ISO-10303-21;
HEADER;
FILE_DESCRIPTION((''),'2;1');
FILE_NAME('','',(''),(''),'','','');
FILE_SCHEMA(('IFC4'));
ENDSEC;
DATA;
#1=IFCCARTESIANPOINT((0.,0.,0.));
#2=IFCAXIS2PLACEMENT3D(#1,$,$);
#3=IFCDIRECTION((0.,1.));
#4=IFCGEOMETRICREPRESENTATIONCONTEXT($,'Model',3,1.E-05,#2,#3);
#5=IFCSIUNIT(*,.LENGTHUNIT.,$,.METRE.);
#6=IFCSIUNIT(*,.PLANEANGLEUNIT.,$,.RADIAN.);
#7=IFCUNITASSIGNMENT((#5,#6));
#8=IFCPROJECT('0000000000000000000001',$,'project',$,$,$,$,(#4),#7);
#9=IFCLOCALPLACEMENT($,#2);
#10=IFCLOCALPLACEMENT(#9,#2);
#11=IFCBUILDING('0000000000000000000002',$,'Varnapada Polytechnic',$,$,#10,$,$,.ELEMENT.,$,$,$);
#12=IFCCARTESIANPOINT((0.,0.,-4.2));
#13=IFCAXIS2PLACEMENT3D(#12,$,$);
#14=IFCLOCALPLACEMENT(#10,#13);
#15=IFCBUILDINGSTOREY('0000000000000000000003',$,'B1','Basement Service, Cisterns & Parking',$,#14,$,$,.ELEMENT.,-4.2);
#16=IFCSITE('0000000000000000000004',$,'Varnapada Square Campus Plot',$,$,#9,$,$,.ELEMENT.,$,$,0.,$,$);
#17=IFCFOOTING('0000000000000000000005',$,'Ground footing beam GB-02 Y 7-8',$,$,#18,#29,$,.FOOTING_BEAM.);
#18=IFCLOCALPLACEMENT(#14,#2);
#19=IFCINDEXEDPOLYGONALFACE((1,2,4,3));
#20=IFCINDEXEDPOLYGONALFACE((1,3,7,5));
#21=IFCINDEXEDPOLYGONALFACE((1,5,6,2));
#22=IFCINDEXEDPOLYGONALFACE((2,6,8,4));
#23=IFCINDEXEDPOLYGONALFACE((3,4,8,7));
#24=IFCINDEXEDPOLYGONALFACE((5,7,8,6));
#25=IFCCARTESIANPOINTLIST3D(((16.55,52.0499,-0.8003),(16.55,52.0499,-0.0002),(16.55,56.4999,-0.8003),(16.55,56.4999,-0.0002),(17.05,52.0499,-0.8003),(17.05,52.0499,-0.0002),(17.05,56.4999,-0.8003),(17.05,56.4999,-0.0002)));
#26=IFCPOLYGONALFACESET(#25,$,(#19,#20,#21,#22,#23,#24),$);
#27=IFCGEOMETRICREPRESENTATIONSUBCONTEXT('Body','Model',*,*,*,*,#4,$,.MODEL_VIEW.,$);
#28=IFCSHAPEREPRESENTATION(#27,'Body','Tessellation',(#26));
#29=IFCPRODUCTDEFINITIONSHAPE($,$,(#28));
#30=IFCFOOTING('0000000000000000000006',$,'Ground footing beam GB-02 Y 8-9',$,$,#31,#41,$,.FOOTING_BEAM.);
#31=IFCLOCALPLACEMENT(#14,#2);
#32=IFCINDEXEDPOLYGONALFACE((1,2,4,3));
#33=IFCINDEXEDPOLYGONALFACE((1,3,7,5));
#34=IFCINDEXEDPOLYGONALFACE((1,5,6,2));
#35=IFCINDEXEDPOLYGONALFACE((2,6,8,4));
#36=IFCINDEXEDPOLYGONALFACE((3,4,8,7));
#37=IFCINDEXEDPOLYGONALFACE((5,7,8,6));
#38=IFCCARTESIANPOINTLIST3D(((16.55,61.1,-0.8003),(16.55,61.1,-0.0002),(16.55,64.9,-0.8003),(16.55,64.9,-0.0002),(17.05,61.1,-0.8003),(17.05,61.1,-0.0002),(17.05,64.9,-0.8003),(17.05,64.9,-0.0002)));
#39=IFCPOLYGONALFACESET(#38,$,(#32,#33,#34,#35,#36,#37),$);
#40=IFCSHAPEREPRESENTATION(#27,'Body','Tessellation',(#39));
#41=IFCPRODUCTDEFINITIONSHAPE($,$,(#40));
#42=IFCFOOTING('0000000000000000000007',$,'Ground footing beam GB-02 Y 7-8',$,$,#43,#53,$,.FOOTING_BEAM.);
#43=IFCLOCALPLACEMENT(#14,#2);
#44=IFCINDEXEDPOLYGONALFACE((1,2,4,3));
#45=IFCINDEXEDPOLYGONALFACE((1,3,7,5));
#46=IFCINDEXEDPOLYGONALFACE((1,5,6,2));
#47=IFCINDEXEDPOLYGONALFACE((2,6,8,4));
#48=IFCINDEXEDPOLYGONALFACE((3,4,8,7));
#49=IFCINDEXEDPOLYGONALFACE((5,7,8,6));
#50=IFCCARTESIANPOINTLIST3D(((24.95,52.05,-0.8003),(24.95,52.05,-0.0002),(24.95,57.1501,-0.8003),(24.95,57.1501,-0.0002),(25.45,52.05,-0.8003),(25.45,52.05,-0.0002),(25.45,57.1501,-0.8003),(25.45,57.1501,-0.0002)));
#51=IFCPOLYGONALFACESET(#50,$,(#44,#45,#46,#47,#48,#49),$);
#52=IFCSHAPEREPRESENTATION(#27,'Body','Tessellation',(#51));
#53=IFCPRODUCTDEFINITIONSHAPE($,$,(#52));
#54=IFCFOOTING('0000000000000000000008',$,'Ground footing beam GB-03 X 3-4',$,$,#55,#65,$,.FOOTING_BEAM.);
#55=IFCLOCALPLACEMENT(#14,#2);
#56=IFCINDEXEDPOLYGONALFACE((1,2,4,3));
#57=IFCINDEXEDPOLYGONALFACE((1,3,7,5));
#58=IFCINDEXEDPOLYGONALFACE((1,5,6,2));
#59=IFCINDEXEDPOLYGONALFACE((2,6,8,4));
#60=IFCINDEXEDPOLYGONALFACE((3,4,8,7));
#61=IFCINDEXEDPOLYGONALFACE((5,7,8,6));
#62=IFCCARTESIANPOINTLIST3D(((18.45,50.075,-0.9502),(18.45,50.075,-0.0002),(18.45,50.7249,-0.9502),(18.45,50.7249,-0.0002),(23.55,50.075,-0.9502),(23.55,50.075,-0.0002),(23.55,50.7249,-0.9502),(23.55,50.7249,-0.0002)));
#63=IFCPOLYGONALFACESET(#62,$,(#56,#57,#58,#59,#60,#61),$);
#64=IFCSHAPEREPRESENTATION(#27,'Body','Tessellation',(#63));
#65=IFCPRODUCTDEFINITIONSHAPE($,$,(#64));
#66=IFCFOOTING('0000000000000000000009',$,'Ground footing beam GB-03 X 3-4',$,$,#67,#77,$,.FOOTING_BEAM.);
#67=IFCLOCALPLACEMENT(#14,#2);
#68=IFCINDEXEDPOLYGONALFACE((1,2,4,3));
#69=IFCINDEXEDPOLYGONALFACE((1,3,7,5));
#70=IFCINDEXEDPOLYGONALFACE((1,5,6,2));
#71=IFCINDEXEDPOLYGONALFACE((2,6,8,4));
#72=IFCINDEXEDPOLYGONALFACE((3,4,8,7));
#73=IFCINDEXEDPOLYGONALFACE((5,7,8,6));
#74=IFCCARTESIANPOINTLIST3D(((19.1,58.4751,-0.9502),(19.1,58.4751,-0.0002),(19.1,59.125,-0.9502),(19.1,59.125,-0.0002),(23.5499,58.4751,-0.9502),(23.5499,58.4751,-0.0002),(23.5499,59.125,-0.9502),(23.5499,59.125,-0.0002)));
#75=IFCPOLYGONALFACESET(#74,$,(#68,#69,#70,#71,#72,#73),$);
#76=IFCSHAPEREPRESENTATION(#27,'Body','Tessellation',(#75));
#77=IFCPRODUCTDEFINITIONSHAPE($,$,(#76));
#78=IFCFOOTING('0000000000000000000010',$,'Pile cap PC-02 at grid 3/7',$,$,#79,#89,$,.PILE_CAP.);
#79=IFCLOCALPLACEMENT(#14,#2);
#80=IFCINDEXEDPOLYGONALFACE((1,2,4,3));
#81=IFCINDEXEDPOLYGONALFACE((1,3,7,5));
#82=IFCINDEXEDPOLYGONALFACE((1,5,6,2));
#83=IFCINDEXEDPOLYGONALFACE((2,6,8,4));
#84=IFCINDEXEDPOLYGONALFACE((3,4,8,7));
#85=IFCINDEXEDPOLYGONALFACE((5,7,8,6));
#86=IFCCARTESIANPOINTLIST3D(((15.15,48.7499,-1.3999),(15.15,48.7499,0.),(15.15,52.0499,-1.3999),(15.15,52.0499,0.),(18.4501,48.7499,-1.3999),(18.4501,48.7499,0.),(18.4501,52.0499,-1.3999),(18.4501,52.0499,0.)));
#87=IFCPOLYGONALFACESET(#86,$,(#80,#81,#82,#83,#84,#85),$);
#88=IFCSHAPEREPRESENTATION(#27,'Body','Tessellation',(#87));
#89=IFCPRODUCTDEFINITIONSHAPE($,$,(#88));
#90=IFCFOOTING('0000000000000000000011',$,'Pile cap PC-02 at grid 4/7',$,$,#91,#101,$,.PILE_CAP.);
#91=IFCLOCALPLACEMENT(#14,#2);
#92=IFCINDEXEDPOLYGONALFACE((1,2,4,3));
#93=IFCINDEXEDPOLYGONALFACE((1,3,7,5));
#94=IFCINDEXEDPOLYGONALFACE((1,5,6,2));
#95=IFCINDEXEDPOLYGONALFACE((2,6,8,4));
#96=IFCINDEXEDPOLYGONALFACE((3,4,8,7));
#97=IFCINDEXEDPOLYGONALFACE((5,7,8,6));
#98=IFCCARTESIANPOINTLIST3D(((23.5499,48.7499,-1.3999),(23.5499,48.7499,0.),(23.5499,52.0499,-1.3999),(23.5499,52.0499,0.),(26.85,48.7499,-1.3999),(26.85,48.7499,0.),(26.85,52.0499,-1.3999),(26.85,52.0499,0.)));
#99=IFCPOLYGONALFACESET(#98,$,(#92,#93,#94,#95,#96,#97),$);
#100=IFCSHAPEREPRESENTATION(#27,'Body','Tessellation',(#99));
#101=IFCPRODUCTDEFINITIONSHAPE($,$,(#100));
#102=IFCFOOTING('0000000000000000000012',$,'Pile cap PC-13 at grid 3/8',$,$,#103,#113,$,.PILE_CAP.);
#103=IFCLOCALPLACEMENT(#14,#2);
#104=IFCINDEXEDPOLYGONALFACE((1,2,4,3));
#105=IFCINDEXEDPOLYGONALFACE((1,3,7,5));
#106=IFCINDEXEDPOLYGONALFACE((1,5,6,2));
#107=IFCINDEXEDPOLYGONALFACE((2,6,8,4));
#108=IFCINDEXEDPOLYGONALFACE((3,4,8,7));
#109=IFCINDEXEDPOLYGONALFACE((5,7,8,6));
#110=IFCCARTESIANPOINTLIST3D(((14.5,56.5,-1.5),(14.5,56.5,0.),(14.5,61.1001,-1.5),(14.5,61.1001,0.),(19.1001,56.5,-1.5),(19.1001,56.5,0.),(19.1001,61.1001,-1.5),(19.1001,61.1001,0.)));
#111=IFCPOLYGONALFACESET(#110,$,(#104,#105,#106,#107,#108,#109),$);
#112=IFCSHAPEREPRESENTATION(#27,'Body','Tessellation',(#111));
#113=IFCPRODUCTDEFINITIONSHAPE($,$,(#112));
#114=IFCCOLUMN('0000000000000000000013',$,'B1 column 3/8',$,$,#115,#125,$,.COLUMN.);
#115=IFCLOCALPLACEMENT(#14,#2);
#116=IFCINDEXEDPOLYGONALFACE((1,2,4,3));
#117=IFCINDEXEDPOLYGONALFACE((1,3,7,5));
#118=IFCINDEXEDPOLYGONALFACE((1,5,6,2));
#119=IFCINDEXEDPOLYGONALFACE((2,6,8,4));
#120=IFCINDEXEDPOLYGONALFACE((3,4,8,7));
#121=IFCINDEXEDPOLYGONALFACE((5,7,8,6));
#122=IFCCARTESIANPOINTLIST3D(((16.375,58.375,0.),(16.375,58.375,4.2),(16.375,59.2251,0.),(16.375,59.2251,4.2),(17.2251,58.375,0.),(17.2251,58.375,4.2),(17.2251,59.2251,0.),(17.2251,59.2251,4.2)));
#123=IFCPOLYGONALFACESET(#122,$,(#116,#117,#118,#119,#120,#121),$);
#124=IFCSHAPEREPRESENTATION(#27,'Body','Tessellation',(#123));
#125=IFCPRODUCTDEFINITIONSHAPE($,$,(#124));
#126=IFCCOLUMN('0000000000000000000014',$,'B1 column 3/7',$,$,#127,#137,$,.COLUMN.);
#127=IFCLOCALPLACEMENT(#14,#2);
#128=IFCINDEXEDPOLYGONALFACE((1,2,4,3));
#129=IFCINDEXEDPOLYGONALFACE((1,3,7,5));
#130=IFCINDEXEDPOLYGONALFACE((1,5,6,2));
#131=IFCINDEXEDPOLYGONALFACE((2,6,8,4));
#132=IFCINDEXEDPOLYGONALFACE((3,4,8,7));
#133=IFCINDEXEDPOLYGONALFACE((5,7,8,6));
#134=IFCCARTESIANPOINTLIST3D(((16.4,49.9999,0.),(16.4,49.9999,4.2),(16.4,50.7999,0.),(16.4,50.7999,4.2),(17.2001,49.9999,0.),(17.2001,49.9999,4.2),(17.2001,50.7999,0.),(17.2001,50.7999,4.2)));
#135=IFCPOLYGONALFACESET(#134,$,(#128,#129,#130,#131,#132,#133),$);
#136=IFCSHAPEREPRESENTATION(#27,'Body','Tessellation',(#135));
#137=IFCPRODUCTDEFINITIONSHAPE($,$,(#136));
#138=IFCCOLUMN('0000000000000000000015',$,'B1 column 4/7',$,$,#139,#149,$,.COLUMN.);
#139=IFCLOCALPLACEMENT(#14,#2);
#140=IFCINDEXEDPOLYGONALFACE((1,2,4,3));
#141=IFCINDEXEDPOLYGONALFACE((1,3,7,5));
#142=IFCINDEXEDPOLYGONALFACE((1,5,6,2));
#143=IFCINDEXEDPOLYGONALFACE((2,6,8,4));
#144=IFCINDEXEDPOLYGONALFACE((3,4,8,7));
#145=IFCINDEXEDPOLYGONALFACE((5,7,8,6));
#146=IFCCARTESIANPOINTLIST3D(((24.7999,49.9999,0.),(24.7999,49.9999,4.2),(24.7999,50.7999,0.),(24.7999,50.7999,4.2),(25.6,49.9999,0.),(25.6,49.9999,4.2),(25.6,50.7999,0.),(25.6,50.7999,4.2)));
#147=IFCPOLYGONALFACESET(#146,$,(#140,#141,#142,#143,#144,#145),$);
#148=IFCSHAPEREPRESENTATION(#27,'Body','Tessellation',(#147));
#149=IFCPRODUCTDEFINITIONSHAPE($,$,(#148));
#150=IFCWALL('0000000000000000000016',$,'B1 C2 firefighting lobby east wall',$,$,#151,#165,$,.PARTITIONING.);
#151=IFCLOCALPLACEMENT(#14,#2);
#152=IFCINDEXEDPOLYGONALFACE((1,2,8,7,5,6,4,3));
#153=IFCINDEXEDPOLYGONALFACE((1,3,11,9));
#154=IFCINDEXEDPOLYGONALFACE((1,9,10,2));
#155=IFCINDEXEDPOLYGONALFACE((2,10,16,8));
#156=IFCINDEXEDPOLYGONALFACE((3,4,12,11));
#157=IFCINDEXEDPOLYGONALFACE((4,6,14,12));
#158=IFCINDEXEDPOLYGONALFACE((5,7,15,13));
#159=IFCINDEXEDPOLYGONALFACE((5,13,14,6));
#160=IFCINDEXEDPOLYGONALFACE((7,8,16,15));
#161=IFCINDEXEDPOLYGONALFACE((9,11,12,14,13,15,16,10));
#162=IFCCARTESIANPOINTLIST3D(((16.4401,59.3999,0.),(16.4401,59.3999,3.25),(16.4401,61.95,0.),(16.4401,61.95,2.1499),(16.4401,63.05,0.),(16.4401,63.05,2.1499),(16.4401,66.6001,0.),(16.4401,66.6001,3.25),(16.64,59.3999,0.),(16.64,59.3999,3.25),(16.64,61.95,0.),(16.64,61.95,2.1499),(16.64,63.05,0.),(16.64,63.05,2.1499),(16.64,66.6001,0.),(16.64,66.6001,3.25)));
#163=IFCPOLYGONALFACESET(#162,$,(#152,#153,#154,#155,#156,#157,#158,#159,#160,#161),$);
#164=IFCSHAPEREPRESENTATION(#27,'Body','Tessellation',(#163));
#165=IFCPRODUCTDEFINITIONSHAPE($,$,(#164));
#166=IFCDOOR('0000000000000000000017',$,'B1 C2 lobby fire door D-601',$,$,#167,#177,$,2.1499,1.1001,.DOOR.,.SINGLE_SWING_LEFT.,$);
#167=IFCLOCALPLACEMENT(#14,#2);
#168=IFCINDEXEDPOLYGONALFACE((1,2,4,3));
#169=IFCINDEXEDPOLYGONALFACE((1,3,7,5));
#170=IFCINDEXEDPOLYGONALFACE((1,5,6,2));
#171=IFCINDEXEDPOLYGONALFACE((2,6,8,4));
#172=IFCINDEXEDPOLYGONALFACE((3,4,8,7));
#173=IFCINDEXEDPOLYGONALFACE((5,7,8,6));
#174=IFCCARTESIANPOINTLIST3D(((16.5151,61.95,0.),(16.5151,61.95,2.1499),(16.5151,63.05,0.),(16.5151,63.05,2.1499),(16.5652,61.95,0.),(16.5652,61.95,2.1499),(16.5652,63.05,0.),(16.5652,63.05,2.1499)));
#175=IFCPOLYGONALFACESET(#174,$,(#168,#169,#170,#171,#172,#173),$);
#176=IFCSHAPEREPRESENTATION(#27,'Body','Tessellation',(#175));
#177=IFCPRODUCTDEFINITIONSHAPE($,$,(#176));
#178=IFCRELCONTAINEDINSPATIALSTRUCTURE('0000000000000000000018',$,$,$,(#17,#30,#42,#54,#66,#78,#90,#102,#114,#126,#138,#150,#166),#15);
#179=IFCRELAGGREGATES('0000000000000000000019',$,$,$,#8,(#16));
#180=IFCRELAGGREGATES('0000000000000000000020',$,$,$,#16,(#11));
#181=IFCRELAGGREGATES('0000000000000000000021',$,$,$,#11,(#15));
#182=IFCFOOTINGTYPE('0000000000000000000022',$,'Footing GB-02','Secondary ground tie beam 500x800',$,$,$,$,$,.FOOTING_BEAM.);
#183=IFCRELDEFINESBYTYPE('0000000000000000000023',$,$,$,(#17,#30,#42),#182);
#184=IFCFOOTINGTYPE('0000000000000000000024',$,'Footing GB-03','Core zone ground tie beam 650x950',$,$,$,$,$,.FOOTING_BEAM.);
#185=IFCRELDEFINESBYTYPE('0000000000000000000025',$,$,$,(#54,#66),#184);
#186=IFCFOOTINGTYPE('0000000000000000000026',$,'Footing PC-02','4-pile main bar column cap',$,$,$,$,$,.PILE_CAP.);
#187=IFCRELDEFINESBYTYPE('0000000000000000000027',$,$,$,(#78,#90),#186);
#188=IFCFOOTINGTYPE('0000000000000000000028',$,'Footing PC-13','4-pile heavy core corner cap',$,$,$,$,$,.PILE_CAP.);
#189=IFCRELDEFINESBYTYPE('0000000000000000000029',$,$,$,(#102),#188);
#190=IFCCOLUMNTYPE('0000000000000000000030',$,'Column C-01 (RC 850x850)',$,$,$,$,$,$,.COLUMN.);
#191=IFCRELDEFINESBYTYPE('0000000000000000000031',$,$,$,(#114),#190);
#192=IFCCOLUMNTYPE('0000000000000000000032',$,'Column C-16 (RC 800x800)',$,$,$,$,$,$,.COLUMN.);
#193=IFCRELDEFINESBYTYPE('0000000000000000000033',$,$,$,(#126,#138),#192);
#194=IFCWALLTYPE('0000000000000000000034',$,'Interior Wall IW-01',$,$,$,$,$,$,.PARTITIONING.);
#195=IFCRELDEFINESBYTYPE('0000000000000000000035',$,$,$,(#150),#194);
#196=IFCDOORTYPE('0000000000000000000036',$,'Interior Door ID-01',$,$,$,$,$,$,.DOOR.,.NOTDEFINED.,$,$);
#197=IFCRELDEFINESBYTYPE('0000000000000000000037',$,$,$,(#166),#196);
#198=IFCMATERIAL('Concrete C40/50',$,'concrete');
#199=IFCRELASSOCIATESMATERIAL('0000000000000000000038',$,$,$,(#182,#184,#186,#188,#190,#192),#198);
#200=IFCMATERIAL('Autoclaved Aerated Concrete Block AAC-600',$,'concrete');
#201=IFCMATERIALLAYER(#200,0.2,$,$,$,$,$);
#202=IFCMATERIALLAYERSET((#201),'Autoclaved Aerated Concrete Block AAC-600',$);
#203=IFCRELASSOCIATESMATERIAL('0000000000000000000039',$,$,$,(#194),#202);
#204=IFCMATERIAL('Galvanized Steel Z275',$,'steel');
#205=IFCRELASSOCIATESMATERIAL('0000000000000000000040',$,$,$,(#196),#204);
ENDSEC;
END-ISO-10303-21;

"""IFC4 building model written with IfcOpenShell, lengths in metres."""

from ifc_helpers import new_model, si_unit, direction, frame, frame_2d, origin, origin_2d, place, context, subcontext, project, spatial, rectangle, extrude, material, layer, layer_set, material_profile, profile_set, type_object, element, fill, save


model = new_model("IFC4")

# Units and contexts
model_context = context("Model", 3, precision=1e-05, world=origin(), true_north=direction((0.0, 1.0)))
body_context = subcontext(model_context, "Body", "Model", "MODEL_VIEW")
ifc_project = project(units=[si_unit("LENGTHUNIT", "METRE"), si_unit("PLANEANGLEUNIT", "RADIAN")], contexts=[model_context])

# Site, building, storey
site_placement = place(None, origin())
site = spatial("IfcSite", under=ifc_project, at=site_placement, Name="Varnapada Square Campus Plot", CompositionType="ELEMENT", RefElevation=0.0)
building_placement = place(site_placement, origin())
building = spatial("IfcBuilding", under=site, at=building_placement, Name="Varnapada Polytechnic", CompositionType="ELEMENT")
storey_placement = place(building_placement, frame((0.0, 0.0, -4.2)))
storey = spatial("IfcBuildingStorey", under=building, at=storey_placement, Name="B1", Description="Basement Service, Cisterns & Parking", CompositionType="ELEMENT", Elevation=-4.2)

# Shared definitions
ifc_material_1 = material(Name="Concrete C40/50", Category="concrete")

# Footings
footing_type_1 = type_object("IfcFootingType", Name="Footing GB-02", Description="Secondary ground tie beam 500x800", PredefinedType="FOOTING_BEAM", material=ifc_material_1)
footing_1_placement = place(storey_placement, frame((16.8, 54.2749, -0.8003), z_axis=(0.0, 0.0, 1.0), x_axis=(0.0, 1.0, 0.0)))
element("IfcFooting", 1, at=footing_1_placement, inside=storey, type_object=footing_type_1, Name="Ground footing beam GB-02 Y 7-8", PredefinedType="FOOTING_BEAM", context=body_context, shape_type="SweptSolid", body=[
    extrude(rectangle(XDim=4.45, YDim=0.5, at=origin_2d()), origin(), (0.0, 0.0, 1.0), 0.8),
])
footing_2_placement = place(storey_placement, frame((16.8, 63.0, -0.8003), z_axis=(0.0, 0.0, 1.0), x_axis=(0.0, 1.0, 0.0)))
element("IfcFooting", 2, at=footing_2_placement, inside=storey, type_object=footing_type_1, Name="Ground footing beam GB-02 Y 8-9", PredefinedType="FOOTING_BEAM", context=body_context, shape_type="SweptSolid", body=[
    extrude(rectangle(XDim=3.8, YDim=0.5, at=origin_2d()), origin(), (0.0, 0.0, 1.0), 0.8),
])
footing_3_placement = place(storey_placement, frame((25.2, 54.6001, -0.8003), z_axis=(0.0, 0.0, 1.0), x_axis=(0.0, 1.0, 0.0)))
element("IfcFooting", 3, at=footing_3_placement, inside=storey, type_object=footing_type_1, Name="Ground footing beam GB-02 Y 7-8", PredefinedType="FOOTING_BEAM", context=body_context, shape_type="SweptSolid", body=[
    extrude(rectangle(XDim=5.1001, YDim=0.5, at=origin_2d()), origin(), (0.0, 0.0, 1.0), 0.8),
])
footing_type_2 = type_object("IfcFootingType", Name="Footing GB-03", Description="Core zone ground tie beam 650x950", PredefinedType="FOOTING_BEAM", material=ifc_material_1)
footing_4_placement = place(storey_placement, frame((21.0, 50.3999, -0.9502), z_axis=(0.0, 0.0, 1.0), x_axis=(1.0, 0.0, 0.0)))
element("IfcFooting", 4, at=footing_4_placement, inside=storey, type_object=footing_type_2, Name="Ground footing beam GB-03 X 3-4", PredefinedType="FOOTING_BEAM", context=body_context, shape_type="SweptSolid", body=[
    extrude(rectangle(XDim=5.1001, YDim=0.6499, at=origin_2d()), origin(), (0.0, 0.0, 1.0), 0.95),
])
footing_5_placement = place(storey_placement, frame((21.325, 58.8, -0.9502), z_axis=(0.0, 0.0, 1.0), x_axis=(1.0, 0.0, 0.0)))
element("IfcFooting", 5, at=footing_5_placement, inside=storey, type_object=footing_type_2, Name="Ground footing beam GB-03 X 3-4", PredefinedType="FOOTING_BEAM", context=body_context, shape_type="SweptSolid", body=[
    extrude(rectangle(XDim=4.45, YDim=0.6499, at=origin_2d()), origin(), (0.0, 0.0, 1.0), 0.95),
])
footing_type_3 = type_object("IfcFootingType", Name="Footing PC-02", Description="4-pile main bar column cap", PredefinedType="PILE_CAP", material=ifc_material_1)
for number, where, z_axis, x_axis, name in (
    (6, (16.8, 50.3999, -1.3999), (0.0, 0.0, 1.0), (1.0, 0.0, 0.0), "Pile cap PC-02 at grid 3/7"),
    (7, (25.2, 50.3999, -1.3999), (0.0, 0.0, 1.0), (1.0, 0.0, 0.0), "Pile cap PC-02 at grid 4/7"),
):
    element("IfcFooting", number, at=place(storey_placement, frame(where, z_axis=z_axis, x_axis=x_axis)), inside=storey, type_object=footing_type_3, Name=name, PredefinedType="PILE_CAP", context=body_context, shape_type="SweptSolid", body=[
        extrude(rectangle(XDim=3.3, YDim=3.3, at=origin_2d()), origin(), (0.0, 0.0, 1.0), 1.3999),
    ])
footing_type_4 = type_object("IfcFootingType", Name="Footing PC-13", Description="4-pile heavy core corner cap", PredefinedType="PILE_CAP", material=ifc_material_1)
footing_6_placement = place(storey_placement, frame((16.8, 58.8, -1.5), z_axis=(0.0, 0.0, 1.0), x_axis=(1.0, 0.0, 0.0)))
element("IfcFooting", 8, at=footing_6_placement, inside=storey, type_object=footing_type_4, Name="Pile cap PC-13 at grid 3/8", PredefinedType="PILE_CAP", context=body_context, shape_type="SweptSolid", body=[
    extrude(rectangle(XDim=4.6001, YDim=4.6001, at=origin_2d()), origin(), (0.0, 0.0, 1.0), 1.5),
])

# Columns
ifc_material_profile_1 = material_profile(ifc_material_1, rectangle(XDim=0.8501, YDim=0.8501, at=origin_2d()), Name="RC 850x850")
ifc_profile_set_1 = profile_set([ifc_material_profile_1], Name="Concrete C40/50")
column_type_1 = type_object("IfcColumnType", Name="Column C-01 (RC 850x850)", PredefinedType="COLUMN", material=ifc_profile_set_1)
column_placement = place(storey_placement, frame((16.8, 58.8, 0.0), z_axis=(0.0, 0.0, 1.0), x_axis=(1.0, 0.0, 0.0)))
element("IfcColumn", 9, at=column_placement, inside=storey, type_object=column_type_1, Name="B1 column 3/8", PredefinedType="COLUMN", context=body_context, shape_type="SweptSolid", body=[
    extrude(rectangle(XDim=0.8501, YDim=0.8501, at=origin_2d()), origin(), (0.0, 0.0, 1.0), 4.2),
])
ifc_material_profile_2 = material_profile(ifc_material_1, rectangle(XDim=0.8, YDim=0.8, at=origin_2d()), Name="RC 800x800")
ifc_profile_set_2 = profile_set([ifc_material_profile_2], Name="Concrete C40/50")
column_type_2 = type_object("IfcColumnType", Name="Column C-16 (RC 800x800)", PredefinedType="COLUMN", material=ifc_profile_set_2)
for number, where, z_axis, x_axis, name in (
    (10, (16.8, 50.3999, 0.0), (0.0, 0.0, 1.0), (1.0, 0.0, 0.0), "B1 column 3/7"),
    (11, (25.2, 50.3999, 0.0), (0.0, 0.0, 1.0), (1.0, 0.0, 0.0), "B1 column 4/7"),
):
    element("IfcColumn", number, at=place(storey_placement, frame(where, z_axis=z_axis, x_axis=x_axis)), inside=storey, type_object=column_type_2, Name=name, PredefinedType="COLUMN", context=body_context, shape_type="SweptSolid", body=[
        extrude(rectangle(XDim=0.8, YDim=0.8, at=origin_2d()), origin(), (0.0, 0.0, 1.0), 4.2),
    ])

# Wall, opening, door
ifc_material_2 = material(Name="Autoclaved Aerated Concrete Block AAC-600", Category="concrete")
ifc_layer_1 = layer(ifc_material_2, 0.2)
ifc_layer_set_1 = layer_set([ifc_layer_1], Name="Autoclaved Aerated Concrete Block AAC-600")
wall_type_1 = type_object("IfcWallType", Name="Interior Wall IW-01", PredefinedType="PARTITIONING", material=ifc_layer_set_1)
wall_1_placement = place(storey_placement, frame((16.54, 66.6001, 0.0), z_axis=(0.0, 0.0, 1.0), x_axis=(0.0, -1.0, 0.0)))
wall_1 = element("IfcWall", 12, at=wall_1_placement, inside=storey, type_object=wall_type_1, Name="B1 C2 firefighting lobby east wall", PredefinedType="PARTITIONING", context=body_context, shape_type="SweptSolid", body=[
    extrude(rectangle(XDim=7.2002, YDim=0.2, at=frame_2d((3.6001, 0.0))), origin(), (0.0, 0.0, 1.0), 3.25),
])
opening_1_placement = place(wall_1_placement, frame((3.55, 0.0, 0.0)))
opening_1 = element("IfcOpeningElement", 13, at=opening_1_placement, cuts=wall_1, PredefinedType="OPENING", context=body_context, shape_type="SweptSolid", body=[
    extrude(rectangle(XDim=1.1001, YDim=2.1499, at=frame_2d((0.55, 1.075))), frame((0.0, 0.1099, 0.0), z_axis=(0.0, -1.0, 0.0), x_axis=(1.0, 0.0, 0.0)), (0.0, 0.0, 1.0), 0.22),
])
ifc_material_3 = material(Name="Galvanized Steel Z275", Category="steel")
door_type_1 = type_object("IfcDoorType", Name="Interior Door ID-01", OperationType="NOTDEFINED", PredefinedType="DOOR", material=ifc_material_3)
door_1_placement = place(opening_1_placement, frame((1.1001, 0.0, 0.0), z_axis=(0.0, 0.0, 1.0), x_axis=(-1.0, 0.0, 0.0)))
door_1 = element("IfcDoor", 14, at=door_1_placement, inside=storey, type_object=door_type_1, Name="B1 C2 lobby fire door D-601", OperationType="SINGLE_SWING_LEFT", OverallHeight=2.1499, OverallWidth=1.1001, PredefinedType="DOOR", context=body_context, shape_type="SweptSolid", body=[
    extrude(rectangle(XDim=1.1001, YDim=2.1499, at=frame_2d((0.55, 1.075))), frame((0.0, 0.0249, 0.0), z_axis=(0.0, -1.0, 0.0), x_axis=(1.0, 0.0, 0.0)), (0.0, 0.0, 1.0), 0.05),
])
fill(opening_1, door_1)

save(model, "model.ifc")
